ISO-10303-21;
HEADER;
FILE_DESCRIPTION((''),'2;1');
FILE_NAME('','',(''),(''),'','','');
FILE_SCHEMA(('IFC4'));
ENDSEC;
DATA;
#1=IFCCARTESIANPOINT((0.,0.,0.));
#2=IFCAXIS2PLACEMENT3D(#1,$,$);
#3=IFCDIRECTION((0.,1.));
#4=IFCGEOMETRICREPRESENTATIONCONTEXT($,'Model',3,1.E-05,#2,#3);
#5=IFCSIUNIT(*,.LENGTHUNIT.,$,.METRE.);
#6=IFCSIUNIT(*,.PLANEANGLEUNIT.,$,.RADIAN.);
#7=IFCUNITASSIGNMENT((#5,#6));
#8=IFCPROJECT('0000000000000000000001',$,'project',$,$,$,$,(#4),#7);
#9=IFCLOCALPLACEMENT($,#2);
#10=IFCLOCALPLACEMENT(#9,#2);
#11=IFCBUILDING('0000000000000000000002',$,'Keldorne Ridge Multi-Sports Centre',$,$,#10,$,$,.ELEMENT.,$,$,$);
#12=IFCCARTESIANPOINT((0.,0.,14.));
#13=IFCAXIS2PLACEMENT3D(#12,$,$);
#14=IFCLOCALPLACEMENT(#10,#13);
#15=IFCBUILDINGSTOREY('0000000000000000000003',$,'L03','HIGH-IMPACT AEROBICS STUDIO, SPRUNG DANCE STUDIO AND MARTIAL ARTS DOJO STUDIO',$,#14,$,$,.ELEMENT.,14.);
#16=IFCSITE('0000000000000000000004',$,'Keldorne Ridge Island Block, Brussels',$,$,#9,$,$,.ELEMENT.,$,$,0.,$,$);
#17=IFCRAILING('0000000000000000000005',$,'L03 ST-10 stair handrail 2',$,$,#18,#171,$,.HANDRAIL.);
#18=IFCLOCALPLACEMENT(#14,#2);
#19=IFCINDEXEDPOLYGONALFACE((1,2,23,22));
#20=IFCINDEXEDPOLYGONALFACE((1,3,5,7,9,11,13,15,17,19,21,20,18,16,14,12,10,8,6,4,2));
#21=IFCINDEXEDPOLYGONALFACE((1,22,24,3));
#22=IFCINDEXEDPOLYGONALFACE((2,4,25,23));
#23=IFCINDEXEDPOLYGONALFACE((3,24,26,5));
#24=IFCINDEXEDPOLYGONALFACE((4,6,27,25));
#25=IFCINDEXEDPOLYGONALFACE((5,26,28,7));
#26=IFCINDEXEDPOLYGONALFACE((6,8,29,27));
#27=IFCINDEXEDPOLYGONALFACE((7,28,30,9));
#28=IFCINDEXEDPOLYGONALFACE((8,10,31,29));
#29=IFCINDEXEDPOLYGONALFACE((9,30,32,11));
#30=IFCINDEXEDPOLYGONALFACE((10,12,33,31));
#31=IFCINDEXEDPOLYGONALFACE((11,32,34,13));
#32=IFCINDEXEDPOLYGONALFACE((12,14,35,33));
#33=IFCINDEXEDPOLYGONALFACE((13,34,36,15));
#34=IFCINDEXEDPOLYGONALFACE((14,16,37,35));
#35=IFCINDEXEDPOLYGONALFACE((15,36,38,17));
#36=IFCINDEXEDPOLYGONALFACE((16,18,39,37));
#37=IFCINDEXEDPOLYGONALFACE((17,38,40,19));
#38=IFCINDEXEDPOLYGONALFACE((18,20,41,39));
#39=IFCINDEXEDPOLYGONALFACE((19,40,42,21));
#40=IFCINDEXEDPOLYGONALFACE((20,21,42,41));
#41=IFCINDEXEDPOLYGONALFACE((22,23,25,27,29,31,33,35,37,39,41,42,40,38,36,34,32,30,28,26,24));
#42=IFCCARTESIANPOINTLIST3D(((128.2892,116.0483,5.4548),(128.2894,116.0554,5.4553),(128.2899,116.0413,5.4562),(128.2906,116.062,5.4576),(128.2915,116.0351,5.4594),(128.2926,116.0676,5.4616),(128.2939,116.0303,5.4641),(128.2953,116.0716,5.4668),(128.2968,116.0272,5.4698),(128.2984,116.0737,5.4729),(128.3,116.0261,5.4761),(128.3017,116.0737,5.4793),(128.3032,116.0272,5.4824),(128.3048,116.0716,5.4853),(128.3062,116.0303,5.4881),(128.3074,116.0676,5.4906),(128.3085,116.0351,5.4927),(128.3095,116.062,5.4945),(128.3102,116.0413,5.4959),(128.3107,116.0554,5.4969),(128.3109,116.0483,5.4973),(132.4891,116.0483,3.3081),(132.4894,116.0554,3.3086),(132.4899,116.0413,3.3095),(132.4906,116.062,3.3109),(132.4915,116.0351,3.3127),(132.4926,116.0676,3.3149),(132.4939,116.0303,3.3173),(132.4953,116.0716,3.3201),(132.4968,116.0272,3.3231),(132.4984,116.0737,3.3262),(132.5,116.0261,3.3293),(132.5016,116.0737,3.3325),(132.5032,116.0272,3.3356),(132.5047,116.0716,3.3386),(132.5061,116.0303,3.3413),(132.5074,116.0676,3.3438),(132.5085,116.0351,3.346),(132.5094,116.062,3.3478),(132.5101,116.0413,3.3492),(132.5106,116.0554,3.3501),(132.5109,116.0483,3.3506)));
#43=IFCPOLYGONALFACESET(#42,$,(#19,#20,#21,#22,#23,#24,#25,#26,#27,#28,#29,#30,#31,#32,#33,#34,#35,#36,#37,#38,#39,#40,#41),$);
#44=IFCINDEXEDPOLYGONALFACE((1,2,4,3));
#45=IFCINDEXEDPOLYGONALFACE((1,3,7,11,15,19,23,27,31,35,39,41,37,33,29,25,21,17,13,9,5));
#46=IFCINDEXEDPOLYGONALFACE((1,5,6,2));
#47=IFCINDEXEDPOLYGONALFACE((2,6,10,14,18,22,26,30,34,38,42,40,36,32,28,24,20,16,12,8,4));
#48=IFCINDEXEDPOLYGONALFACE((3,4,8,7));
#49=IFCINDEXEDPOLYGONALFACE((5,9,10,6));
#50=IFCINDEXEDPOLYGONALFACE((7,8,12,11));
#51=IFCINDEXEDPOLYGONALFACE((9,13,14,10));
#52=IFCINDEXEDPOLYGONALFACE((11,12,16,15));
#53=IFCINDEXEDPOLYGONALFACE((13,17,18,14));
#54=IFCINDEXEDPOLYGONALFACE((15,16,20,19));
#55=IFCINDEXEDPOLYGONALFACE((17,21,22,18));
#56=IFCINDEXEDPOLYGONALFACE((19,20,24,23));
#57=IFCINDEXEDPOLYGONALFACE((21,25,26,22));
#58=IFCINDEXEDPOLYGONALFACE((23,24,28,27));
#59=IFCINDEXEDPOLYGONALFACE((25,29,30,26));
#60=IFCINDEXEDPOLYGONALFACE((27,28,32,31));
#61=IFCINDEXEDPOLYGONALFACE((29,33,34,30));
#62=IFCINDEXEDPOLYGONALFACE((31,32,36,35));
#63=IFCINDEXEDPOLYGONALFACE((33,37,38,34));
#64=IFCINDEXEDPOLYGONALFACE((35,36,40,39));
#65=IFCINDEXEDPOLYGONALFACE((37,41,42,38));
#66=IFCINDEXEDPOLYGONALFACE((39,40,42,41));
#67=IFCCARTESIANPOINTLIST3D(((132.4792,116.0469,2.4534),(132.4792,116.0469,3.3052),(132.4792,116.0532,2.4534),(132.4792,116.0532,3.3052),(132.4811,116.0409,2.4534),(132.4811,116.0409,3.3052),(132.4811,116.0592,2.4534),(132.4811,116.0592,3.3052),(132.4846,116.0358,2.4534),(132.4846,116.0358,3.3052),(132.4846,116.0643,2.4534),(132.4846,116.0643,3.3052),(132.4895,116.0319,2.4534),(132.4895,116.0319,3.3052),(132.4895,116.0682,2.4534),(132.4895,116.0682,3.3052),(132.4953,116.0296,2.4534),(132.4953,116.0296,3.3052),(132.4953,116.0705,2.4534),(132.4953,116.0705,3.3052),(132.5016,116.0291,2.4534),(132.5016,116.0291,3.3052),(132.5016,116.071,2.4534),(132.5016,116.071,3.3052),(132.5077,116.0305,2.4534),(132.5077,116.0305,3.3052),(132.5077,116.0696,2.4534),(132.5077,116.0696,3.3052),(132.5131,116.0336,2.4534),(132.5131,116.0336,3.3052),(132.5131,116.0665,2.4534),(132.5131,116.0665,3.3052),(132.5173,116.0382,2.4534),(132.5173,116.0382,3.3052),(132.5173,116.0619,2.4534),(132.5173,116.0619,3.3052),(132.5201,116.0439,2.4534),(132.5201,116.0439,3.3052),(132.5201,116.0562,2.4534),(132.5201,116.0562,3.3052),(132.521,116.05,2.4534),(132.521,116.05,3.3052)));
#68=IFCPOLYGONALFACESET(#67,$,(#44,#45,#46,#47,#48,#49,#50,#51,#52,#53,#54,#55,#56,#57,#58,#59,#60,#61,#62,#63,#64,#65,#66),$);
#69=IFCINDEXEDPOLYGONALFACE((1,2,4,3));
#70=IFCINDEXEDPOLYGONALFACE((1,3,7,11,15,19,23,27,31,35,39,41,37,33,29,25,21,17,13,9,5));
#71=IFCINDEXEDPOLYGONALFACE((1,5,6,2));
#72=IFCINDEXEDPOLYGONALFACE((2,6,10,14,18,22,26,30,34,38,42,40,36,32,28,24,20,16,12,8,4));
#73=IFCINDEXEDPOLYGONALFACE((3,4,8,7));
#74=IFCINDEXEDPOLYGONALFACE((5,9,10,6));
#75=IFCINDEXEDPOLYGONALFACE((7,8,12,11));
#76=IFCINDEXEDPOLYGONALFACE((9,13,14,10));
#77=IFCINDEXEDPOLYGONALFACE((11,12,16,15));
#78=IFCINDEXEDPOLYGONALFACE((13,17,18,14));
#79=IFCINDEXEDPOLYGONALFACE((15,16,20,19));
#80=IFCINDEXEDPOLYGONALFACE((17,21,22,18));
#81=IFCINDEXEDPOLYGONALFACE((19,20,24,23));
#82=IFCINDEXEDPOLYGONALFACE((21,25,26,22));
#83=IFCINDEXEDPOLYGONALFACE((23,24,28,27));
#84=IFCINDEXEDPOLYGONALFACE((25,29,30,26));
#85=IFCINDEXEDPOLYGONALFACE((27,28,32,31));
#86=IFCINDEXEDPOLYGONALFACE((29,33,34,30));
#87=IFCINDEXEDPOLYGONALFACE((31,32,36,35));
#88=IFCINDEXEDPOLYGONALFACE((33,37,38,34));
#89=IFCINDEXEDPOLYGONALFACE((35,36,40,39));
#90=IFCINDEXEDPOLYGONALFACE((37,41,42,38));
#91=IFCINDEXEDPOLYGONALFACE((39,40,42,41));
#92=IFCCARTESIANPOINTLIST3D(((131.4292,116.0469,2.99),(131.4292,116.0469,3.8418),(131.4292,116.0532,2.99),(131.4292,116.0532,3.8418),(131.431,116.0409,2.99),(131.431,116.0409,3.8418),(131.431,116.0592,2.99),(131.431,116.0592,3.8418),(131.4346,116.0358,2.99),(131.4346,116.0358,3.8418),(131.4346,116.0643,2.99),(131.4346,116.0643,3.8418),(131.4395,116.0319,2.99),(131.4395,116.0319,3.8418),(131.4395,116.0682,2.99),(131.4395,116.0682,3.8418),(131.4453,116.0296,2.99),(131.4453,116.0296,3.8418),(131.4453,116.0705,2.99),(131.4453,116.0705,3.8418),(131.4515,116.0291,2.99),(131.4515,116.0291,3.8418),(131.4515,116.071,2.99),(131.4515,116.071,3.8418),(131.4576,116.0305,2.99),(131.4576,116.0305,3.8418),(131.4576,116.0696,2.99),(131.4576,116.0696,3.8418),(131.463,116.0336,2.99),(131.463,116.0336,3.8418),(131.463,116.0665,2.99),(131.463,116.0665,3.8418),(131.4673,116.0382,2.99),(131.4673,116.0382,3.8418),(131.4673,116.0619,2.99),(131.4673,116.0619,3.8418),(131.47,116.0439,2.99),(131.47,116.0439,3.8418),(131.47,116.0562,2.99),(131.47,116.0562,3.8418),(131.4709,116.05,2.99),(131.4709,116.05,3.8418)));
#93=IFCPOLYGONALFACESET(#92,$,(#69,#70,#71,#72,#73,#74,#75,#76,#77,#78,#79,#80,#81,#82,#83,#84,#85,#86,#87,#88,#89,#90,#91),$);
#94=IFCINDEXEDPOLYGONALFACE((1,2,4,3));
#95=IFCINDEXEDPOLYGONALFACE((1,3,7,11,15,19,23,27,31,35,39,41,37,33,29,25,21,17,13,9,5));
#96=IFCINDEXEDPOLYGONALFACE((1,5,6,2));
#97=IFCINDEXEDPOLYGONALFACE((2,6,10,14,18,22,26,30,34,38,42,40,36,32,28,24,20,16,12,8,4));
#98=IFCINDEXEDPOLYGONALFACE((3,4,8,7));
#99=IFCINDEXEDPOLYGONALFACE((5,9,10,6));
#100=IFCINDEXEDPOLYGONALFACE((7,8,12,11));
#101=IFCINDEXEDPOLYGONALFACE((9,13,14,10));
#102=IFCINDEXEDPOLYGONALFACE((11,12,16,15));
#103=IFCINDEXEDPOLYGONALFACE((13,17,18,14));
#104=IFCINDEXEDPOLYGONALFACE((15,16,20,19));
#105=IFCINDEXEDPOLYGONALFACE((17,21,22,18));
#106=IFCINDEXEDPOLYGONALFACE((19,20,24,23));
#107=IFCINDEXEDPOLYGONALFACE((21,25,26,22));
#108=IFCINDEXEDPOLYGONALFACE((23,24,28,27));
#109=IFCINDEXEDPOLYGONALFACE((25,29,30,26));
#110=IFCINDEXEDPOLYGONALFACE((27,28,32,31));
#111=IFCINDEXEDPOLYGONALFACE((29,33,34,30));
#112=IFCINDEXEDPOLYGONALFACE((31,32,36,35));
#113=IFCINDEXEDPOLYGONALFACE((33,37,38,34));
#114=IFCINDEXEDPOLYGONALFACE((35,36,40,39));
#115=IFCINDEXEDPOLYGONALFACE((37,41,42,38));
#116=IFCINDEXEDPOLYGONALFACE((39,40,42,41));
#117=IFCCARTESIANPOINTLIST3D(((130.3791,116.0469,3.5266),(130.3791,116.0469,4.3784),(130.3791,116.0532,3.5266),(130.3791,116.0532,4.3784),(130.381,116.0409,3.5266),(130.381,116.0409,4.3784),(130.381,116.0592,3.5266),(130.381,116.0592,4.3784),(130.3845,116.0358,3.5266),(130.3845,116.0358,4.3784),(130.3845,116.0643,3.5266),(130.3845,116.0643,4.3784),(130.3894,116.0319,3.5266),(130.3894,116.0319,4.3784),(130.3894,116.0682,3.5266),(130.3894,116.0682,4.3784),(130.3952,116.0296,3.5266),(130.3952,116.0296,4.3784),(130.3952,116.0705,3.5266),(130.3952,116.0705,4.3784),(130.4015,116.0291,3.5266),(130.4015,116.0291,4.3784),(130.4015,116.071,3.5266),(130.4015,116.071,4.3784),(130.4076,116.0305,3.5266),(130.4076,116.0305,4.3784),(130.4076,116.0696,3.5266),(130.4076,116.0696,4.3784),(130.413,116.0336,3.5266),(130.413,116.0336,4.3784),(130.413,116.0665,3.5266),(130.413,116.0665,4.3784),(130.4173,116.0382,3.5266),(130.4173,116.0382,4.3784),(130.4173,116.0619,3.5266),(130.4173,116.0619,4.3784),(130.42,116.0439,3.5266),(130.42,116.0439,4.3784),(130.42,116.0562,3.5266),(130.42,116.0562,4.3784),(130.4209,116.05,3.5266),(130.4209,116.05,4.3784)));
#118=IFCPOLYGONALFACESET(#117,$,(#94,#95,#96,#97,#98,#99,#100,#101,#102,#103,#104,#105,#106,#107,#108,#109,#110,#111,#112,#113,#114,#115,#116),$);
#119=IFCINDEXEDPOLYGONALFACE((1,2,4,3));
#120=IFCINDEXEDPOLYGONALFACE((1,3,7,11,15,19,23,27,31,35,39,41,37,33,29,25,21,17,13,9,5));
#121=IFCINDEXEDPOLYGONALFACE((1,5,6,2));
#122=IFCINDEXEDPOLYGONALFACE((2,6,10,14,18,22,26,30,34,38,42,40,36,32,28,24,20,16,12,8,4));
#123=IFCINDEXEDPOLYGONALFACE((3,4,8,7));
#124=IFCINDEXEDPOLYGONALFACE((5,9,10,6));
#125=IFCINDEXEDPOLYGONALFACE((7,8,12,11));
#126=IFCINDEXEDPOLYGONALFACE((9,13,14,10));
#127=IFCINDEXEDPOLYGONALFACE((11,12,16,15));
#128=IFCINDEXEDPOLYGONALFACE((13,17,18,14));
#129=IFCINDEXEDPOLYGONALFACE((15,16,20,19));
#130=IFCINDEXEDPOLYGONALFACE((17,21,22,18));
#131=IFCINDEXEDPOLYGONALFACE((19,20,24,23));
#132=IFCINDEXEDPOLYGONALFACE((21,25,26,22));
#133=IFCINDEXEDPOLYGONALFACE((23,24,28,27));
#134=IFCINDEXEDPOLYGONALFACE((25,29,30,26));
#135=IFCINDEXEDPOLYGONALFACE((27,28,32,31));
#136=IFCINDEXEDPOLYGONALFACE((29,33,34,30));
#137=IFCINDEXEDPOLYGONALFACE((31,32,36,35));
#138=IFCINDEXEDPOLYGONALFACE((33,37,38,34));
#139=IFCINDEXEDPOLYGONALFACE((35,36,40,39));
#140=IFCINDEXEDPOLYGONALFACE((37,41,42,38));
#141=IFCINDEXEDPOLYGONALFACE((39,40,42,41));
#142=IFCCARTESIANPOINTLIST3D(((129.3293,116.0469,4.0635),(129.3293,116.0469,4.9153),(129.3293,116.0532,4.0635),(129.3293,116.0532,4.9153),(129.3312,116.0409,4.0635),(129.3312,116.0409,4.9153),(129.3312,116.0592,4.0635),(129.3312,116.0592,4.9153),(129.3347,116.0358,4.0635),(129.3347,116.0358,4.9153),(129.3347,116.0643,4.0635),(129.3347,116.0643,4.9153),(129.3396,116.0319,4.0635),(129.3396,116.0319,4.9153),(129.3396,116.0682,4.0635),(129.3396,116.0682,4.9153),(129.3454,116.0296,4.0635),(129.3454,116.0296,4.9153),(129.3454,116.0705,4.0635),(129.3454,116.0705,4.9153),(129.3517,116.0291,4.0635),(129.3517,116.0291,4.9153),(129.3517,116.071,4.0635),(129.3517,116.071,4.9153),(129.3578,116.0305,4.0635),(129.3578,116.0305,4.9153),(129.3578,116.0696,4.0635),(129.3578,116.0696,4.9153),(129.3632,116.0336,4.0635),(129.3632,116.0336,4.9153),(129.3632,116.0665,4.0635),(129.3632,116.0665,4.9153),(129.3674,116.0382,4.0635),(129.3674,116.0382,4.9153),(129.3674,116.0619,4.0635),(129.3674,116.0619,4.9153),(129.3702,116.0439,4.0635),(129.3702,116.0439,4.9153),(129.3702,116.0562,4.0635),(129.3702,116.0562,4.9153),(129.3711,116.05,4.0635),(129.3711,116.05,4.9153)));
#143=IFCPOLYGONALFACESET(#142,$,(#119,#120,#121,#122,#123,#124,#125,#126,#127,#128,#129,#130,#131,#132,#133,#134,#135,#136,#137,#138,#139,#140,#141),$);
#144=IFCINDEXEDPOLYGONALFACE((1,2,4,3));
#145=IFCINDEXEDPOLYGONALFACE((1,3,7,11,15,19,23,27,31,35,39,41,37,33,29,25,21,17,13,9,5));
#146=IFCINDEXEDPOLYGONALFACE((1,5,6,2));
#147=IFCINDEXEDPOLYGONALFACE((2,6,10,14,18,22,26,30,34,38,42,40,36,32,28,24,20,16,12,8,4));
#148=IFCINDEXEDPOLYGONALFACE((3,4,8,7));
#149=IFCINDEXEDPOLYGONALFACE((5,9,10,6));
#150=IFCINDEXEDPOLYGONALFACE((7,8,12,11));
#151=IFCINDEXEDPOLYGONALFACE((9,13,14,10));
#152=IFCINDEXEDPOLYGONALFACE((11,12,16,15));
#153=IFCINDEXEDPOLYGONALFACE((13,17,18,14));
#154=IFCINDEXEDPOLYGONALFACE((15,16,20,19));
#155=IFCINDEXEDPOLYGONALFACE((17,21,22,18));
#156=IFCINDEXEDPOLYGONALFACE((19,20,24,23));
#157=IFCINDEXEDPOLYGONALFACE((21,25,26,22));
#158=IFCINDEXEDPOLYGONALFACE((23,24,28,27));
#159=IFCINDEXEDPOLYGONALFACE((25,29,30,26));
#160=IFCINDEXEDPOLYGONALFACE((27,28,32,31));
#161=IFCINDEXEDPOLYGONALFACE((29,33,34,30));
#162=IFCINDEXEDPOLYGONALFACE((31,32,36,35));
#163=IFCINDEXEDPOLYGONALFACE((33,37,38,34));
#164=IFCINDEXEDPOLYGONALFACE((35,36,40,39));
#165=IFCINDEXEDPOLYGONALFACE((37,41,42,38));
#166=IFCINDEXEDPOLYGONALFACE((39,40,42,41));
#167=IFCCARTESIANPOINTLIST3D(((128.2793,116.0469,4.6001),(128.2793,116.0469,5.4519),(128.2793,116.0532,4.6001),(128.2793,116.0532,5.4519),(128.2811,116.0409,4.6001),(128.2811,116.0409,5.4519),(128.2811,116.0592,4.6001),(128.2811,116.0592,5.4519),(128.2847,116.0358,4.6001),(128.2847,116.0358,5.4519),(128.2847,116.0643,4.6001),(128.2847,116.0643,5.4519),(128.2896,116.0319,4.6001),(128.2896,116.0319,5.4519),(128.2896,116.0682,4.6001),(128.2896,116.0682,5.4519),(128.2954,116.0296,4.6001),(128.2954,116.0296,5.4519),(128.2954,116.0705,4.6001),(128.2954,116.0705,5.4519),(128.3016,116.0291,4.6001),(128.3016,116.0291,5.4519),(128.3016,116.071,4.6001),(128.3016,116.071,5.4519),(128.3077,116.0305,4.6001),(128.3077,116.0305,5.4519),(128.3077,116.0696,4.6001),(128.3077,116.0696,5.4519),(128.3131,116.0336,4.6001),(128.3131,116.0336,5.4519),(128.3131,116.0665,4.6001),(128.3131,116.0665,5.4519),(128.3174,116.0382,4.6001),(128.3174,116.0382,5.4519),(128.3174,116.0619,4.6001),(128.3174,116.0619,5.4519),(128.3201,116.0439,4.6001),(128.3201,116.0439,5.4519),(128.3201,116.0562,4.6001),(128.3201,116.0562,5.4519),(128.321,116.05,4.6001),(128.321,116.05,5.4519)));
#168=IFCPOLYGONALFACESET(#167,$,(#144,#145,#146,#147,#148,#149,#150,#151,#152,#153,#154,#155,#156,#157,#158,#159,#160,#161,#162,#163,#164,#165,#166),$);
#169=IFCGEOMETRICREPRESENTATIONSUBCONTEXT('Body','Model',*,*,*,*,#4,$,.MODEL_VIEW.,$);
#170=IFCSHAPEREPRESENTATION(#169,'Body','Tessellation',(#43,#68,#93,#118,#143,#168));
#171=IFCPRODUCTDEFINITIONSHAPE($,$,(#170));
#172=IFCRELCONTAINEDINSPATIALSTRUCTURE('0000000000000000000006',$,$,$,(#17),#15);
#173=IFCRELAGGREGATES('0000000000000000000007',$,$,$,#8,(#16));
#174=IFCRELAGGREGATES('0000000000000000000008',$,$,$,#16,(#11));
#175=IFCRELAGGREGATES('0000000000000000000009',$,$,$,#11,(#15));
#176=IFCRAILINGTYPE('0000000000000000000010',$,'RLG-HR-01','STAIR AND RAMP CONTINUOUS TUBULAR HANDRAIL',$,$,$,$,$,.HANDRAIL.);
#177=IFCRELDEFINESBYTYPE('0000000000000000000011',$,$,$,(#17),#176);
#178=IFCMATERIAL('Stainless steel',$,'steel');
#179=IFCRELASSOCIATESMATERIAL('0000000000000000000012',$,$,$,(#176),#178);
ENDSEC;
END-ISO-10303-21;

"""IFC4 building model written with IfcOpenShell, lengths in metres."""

from ifc_helpers import new_model, si_unit, direction, frame, origin, origin_2d, place, context, subcontext, project, spatial, circle, extrude, material, type_object, element, save


model = new_model("IFC4")

# Units and contexts
model_context = context("Model", 3, precision=1e-05, world=origin(), true_north=direction((0.0, 1.0)))
body_context = subcontext(model_context, "Body", "Model", "MODEL_VIEW")
ifc_project = project(units=[si_unit("LENGTHUNIT", "METRE"), si_unit("PLANEANGLEUNIT", "RADIAN")], contexts=[model_context])

# Site, building, storey
site_placement = place(None, origin())
site = spatial("IfcSite", under=ifc_project, at=site_placement, Name="Keldorne Ridge Island Block, Brussels", CompositionType="ELEMENT", RefElevation=0.0)
building_placement = place(site_placement, origin())
building = spatial("IfcBuilding", under=site, at=building_placement, Name="Keldorne Ridge Multi-Sports Centre", CompositionType="ELEMENT")
storey_placement = place(building_placement, frame((0.0, 0.0, 14.0)))
storey = spatial("IfcBuildingStorey", under=building, at=storey_placement, Name="L03", Description="HIGH-IMPACT AEROBICS STUDIO, SPRUNG DANCE STUDIO AND MARTIAL ARTS DOJO STUDIO", CompositionType="ELEMENT", Elevation=14.0)

# Railing
ifc_material_1 = material(Name="Stainless steel", Category="steel")
railing_type_1 = type_object("IfcRailingType", Name="RLG-HR-01", Description="STAIR AND RAMP CONTINUOUS TUBULAR HANDRAIL", PredefinedType="HANDRAIL", material=ifc_material_1)
railing_1_placement = place(storey_placement, frame((132.5, 116.05, 2.4534)))
element("IfcRailing", 1, at=railing_1_placement, inside=storey, type_object=railing_type_1, Name="L03 ST-10 stair handrail 2", PredefinedType="HANDRAIL", context=body_context, shape_type="SweptSolid", body=[
    extrude(circle(Radius=0.0239, at=origin_2d()), frame((0.0, 0.0, 0.876), z_axis=(-0.890427, 0.0, 0.455126), x_axis=(0.0, -1.0, 0.0)), (0.0, 0.0, 1.0), 4.7168),
    extrude(circle(Radius=0.021, at=origin_2d()), origin(), (0.0, 0.0, 1.0), 0.8518),
    extrude(circle(Radius=0.021, at=origin_2d()), frame((-1.05, 0.0, 0.5366)), (0.0, 0.0, 1.0), 0.8518),
    extrude(circle(Radius=0.021, at=origin_2d()), frame((-2.1001, 0.0, 1.0732)), (0.0, 0.0, 1.0), 0.8518),
    extrude(circle(Radius=0.021, at=origin_2d()), frame((-3.1499, 0.0, 1.6101)), (0.0, 0.0, 1.0), 0.8518),
    extrude(circle(Radius=0.021, at=origin_2d()), frame((-4.2, 0.0, 2.1467)), (0.0, 0.0, 1.0), 0.8518),
])

save(model, "model.ifc")
